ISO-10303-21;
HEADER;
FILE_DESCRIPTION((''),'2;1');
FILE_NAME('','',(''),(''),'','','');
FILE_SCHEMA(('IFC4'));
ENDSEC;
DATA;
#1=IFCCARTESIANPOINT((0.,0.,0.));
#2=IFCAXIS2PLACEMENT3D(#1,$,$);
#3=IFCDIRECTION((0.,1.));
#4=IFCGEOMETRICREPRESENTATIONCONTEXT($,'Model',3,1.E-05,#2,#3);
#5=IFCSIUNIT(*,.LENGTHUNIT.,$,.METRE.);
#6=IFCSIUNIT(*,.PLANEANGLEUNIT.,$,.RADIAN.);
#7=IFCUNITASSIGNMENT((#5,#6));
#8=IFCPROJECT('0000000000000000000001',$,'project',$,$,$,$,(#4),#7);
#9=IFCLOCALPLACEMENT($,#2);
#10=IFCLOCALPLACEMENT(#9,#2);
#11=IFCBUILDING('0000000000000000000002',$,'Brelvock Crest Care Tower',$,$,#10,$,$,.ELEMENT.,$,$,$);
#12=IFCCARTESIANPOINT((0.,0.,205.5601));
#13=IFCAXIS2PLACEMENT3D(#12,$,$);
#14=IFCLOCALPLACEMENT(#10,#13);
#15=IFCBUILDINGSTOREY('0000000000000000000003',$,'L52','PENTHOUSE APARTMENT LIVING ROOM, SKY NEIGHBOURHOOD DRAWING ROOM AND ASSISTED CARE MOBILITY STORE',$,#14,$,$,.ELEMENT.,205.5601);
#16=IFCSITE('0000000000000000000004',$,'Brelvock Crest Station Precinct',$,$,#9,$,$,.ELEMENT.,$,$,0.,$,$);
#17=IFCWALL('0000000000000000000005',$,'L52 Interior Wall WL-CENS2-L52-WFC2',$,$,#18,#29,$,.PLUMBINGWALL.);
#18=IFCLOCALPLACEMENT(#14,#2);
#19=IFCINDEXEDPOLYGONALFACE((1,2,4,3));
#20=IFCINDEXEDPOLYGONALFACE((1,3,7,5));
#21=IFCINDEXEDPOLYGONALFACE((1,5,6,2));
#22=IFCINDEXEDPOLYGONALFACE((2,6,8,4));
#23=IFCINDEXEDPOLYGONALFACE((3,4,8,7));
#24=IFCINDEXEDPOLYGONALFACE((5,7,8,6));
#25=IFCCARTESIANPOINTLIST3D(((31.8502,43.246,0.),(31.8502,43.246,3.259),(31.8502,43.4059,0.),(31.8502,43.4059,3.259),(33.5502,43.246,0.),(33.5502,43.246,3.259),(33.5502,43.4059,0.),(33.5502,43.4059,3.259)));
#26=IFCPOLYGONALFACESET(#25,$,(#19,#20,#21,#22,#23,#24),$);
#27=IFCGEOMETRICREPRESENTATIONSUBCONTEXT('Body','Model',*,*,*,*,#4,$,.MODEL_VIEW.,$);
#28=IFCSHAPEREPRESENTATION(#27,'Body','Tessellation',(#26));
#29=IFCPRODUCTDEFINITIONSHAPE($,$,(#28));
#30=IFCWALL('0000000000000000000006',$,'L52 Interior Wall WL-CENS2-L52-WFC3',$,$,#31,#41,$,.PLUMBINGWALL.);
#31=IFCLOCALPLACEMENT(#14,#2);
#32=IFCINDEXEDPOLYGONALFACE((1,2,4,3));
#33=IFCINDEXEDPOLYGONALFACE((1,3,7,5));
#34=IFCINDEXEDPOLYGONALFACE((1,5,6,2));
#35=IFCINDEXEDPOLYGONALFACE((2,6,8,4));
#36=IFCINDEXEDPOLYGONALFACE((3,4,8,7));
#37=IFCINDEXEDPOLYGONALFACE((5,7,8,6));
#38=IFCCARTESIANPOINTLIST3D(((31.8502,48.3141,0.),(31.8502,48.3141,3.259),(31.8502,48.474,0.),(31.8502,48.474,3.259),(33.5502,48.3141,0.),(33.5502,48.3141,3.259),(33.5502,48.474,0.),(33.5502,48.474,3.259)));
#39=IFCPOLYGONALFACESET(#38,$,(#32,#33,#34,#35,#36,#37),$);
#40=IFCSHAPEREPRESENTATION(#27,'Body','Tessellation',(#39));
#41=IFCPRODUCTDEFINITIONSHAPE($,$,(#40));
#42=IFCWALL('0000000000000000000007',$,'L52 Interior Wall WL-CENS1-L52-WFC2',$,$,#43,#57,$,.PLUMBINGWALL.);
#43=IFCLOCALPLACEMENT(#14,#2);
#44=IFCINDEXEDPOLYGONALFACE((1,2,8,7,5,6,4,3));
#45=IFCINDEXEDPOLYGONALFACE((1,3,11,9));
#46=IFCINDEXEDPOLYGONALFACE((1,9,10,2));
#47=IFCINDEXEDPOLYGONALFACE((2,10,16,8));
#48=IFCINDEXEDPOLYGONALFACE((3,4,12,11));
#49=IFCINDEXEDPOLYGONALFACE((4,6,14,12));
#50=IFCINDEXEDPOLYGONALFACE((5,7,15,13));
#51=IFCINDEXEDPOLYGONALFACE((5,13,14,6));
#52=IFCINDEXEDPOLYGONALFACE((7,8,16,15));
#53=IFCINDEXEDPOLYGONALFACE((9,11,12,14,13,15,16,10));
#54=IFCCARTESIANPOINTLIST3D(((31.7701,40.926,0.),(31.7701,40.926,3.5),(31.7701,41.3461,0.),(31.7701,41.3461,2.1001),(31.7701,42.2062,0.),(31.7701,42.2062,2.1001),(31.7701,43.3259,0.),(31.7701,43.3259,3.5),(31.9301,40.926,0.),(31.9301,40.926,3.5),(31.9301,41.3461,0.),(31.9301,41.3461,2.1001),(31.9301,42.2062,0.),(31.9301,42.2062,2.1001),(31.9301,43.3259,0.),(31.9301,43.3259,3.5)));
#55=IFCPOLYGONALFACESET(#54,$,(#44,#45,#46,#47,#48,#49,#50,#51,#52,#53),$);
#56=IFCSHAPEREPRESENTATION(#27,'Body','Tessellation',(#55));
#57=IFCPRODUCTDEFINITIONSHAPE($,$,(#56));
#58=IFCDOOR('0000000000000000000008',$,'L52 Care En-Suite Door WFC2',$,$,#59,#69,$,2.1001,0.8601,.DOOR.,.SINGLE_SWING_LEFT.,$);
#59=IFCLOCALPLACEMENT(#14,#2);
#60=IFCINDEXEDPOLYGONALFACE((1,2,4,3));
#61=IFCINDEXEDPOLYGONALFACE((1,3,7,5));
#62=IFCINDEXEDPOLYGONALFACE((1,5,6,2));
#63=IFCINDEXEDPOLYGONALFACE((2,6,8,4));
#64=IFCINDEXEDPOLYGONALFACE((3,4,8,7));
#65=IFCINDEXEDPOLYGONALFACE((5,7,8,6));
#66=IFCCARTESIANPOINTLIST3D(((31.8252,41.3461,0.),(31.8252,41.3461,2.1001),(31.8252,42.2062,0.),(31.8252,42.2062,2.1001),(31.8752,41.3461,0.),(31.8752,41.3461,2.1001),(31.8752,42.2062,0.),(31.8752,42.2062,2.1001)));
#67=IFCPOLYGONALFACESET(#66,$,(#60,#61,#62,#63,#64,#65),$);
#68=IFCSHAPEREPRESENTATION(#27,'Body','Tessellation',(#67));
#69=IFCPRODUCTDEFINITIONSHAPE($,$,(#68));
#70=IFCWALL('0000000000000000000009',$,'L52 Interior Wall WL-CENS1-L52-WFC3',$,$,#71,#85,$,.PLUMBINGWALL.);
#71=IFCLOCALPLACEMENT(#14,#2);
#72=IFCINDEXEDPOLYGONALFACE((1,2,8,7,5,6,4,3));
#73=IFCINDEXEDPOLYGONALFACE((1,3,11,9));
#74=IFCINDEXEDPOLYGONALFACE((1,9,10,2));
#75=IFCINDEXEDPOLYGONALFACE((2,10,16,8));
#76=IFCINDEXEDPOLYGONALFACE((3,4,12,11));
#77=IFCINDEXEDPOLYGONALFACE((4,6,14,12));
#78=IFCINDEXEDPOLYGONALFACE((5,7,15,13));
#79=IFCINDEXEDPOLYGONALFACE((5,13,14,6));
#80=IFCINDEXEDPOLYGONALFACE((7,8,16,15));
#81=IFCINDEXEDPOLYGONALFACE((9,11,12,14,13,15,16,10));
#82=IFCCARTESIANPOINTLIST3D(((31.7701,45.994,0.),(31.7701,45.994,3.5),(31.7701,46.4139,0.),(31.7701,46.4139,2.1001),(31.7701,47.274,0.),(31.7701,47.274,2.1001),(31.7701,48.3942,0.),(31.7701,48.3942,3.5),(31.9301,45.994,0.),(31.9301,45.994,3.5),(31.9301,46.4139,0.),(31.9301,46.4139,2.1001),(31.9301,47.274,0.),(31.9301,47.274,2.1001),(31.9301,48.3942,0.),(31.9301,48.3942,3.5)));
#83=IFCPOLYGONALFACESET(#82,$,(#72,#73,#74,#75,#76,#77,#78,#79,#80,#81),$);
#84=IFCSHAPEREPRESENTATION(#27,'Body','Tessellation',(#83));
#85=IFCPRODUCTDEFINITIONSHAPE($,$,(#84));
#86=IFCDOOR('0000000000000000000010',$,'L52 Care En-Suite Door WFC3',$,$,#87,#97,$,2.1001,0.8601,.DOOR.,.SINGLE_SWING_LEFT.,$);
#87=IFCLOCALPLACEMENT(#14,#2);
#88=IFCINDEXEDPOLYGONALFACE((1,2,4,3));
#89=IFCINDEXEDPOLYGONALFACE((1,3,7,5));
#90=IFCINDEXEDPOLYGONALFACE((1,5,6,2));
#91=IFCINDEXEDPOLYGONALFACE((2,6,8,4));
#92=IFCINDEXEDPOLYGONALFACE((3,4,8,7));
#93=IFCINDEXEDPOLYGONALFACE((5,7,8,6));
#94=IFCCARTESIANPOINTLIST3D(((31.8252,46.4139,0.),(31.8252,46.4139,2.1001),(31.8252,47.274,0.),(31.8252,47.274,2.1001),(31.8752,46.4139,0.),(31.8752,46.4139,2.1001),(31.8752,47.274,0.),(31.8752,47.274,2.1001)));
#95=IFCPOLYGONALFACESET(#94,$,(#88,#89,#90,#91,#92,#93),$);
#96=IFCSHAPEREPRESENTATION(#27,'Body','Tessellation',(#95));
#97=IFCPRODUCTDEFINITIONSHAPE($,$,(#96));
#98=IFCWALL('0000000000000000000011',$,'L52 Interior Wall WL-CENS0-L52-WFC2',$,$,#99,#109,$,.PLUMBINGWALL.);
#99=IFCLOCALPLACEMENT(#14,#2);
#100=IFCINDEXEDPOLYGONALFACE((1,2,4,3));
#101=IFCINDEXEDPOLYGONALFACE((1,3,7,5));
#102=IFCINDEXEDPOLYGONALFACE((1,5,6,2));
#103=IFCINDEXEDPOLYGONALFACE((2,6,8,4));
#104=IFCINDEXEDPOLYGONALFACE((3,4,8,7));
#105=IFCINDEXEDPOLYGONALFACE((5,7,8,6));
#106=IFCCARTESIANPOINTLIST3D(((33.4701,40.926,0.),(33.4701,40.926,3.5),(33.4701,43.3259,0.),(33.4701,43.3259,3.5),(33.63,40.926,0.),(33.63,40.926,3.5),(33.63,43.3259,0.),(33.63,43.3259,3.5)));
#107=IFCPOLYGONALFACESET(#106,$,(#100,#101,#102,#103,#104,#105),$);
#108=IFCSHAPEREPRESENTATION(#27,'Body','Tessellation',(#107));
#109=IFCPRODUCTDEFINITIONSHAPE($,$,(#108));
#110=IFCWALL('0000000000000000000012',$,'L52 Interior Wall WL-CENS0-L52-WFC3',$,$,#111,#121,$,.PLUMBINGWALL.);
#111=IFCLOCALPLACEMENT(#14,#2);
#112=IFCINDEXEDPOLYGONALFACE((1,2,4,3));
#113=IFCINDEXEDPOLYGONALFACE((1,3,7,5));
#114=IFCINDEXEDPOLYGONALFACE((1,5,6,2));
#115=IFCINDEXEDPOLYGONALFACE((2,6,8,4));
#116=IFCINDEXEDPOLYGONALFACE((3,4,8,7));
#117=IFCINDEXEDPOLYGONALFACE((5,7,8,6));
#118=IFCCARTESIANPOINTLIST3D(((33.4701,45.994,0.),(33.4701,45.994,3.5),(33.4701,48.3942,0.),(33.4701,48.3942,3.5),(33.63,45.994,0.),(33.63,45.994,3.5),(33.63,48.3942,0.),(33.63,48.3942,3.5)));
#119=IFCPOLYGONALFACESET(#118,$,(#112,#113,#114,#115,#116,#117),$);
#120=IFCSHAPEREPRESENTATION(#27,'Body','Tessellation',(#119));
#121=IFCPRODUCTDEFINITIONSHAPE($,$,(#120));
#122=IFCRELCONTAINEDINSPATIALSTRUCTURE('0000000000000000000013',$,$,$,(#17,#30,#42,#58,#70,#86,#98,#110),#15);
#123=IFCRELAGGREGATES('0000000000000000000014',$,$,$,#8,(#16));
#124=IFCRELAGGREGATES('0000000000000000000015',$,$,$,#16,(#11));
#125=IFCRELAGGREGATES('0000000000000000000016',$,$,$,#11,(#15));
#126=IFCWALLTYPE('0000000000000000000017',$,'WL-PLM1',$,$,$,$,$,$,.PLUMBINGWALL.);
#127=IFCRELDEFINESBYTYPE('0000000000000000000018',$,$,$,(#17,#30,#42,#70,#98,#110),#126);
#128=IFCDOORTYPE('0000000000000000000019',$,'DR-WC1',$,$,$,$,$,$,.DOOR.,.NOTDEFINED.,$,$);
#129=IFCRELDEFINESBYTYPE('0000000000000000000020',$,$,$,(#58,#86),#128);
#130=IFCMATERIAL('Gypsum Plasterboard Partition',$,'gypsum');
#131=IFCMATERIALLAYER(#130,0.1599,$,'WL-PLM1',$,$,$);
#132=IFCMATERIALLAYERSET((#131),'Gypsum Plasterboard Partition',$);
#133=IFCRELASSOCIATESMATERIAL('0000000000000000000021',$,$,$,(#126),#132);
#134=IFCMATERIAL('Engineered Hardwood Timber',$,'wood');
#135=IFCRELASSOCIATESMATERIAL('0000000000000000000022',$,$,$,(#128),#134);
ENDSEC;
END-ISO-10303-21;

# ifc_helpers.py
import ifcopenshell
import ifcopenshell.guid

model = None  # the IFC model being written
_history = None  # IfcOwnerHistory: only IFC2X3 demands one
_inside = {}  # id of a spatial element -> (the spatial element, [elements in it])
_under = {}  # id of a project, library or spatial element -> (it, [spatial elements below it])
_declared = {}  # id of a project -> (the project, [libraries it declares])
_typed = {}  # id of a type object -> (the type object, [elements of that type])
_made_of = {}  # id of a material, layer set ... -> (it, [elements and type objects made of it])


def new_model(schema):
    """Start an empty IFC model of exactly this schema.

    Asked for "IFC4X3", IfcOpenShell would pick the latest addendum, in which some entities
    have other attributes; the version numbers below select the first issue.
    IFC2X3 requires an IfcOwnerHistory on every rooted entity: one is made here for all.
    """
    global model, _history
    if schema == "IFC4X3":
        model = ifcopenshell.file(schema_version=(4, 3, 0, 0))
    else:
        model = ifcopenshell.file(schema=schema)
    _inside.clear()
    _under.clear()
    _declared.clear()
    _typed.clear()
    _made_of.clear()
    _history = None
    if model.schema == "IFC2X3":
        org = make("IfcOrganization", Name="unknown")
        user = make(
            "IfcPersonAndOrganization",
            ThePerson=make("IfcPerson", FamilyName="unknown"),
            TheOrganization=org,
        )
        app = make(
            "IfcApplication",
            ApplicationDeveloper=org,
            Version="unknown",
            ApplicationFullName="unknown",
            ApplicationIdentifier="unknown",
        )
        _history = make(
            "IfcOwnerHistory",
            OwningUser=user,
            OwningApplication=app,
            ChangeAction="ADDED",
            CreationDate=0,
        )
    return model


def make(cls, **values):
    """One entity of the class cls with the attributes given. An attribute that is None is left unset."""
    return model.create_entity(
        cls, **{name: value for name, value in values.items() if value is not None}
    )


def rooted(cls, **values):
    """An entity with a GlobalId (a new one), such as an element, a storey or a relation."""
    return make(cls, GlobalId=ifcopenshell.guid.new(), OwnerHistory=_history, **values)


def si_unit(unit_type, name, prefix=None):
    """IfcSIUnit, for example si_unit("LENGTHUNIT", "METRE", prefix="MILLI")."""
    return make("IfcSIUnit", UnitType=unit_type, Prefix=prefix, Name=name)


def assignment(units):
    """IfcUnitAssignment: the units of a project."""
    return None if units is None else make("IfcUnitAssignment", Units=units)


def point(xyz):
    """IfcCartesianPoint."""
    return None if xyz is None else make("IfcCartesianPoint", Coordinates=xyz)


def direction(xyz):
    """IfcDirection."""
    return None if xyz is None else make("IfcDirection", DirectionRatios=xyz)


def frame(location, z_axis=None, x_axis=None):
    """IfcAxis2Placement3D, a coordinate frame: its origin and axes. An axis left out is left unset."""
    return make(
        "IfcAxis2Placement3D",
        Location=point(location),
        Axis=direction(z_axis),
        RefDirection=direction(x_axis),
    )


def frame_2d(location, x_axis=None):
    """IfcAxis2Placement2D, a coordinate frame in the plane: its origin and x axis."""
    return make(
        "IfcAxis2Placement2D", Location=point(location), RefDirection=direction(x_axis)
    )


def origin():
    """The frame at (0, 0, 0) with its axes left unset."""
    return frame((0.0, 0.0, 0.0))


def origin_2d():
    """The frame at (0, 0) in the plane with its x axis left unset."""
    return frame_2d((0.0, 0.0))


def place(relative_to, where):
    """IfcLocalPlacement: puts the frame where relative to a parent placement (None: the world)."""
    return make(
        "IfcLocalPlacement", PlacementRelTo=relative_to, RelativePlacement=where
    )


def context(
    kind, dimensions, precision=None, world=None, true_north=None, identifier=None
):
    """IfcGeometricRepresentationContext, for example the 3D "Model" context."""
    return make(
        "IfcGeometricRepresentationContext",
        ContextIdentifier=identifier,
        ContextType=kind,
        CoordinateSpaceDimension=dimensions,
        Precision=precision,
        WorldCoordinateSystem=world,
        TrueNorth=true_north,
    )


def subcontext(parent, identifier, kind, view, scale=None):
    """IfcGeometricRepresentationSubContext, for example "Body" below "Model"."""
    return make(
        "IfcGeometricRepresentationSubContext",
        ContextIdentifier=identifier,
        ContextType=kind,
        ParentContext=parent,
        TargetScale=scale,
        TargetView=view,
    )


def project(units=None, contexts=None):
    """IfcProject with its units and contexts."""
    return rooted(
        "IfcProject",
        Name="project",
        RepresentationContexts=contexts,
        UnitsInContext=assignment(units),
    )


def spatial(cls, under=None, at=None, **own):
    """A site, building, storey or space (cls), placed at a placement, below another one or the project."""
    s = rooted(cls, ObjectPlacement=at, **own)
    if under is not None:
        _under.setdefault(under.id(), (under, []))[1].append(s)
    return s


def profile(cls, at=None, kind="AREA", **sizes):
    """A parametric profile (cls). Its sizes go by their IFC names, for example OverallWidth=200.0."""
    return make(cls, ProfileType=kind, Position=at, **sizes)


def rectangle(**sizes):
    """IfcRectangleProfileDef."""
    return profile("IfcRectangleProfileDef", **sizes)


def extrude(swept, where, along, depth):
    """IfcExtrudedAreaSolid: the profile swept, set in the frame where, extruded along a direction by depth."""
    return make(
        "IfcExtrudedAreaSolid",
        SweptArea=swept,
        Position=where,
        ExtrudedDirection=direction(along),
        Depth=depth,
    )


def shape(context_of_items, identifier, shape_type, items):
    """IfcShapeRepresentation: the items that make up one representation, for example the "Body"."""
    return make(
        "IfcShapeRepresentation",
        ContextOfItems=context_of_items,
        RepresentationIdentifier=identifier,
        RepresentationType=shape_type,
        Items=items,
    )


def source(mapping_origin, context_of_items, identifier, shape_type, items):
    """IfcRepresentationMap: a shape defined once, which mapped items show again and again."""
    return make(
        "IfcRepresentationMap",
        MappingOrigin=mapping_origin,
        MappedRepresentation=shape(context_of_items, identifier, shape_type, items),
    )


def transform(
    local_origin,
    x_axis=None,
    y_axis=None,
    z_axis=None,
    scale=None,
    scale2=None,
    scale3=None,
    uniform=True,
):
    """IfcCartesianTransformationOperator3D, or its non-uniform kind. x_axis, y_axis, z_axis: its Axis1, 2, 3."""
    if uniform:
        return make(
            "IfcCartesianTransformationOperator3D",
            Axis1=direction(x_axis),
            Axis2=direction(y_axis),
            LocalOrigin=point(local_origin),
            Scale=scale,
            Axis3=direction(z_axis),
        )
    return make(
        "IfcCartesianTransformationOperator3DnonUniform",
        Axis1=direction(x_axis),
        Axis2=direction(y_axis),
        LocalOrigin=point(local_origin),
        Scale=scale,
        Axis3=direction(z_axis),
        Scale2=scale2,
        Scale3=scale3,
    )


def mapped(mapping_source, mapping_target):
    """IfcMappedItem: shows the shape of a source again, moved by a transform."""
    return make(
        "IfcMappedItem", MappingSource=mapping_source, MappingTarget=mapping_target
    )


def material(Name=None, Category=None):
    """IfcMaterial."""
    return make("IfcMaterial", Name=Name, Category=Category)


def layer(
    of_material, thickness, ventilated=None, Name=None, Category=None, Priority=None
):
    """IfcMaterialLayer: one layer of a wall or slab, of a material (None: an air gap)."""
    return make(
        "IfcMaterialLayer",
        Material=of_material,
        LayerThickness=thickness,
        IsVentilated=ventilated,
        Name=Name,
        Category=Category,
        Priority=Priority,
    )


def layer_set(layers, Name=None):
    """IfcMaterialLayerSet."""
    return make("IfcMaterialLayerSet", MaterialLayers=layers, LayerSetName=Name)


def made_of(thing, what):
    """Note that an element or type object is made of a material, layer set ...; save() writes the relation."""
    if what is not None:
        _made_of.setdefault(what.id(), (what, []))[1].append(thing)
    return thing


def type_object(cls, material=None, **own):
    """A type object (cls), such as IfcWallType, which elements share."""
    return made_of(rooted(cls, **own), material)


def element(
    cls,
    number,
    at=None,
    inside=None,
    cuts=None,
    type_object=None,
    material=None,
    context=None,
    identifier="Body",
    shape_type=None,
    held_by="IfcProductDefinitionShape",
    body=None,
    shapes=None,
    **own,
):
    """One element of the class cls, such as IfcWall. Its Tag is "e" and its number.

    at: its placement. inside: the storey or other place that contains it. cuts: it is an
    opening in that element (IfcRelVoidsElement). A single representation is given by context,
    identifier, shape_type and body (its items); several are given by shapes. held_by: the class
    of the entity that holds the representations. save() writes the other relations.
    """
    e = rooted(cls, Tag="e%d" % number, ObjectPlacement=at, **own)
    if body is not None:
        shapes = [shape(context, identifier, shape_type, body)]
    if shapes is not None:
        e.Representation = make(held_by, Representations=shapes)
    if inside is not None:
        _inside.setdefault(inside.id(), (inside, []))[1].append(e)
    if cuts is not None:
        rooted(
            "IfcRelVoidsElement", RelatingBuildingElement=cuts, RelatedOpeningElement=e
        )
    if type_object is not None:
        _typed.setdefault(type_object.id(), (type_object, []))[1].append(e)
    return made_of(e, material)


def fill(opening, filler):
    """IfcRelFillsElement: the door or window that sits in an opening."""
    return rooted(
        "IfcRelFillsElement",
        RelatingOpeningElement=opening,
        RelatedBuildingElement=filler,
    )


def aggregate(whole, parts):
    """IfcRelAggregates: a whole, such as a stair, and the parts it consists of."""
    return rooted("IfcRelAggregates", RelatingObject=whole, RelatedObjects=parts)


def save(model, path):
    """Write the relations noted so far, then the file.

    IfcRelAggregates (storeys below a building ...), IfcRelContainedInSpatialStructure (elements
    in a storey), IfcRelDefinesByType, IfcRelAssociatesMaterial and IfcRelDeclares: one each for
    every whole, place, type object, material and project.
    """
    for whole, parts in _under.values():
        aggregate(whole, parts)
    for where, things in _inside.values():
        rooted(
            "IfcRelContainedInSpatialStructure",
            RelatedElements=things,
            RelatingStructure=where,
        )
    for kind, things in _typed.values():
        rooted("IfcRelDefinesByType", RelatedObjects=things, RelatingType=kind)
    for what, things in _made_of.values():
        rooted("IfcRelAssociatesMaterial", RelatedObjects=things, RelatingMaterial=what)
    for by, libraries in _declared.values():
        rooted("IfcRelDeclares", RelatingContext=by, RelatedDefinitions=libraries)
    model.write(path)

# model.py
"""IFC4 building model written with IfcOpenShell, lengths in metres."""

from ifc_helpers import new_model, si_unit, direction, frame, frame_2d, origin, origin_2d, place, context, subcontext, project, spatial, rectangle, extrude, source, transform, mapped, material, layer, layer_set, type_object, element, fill, save


model = new_model("IFC4")

# Units and contexts
model_context = context("Model", 3, precision=1e-05, world=origin(), true_north=direction((0.0, 1.0)))
body_context = subcontext(model_context, "Body", "Model", "MODEL_VIEW")
ifc_project = project(units=[si_unit("LENGTHUNIT", "METRE"), si_unit("PLANEANGLEUNIT", "RADIAN")], contexts=[model_context])

# Site, building, storey
site_placement = place(None, origin())
site = spatial("IfcSite", under=ifc_project, at=site_placement, Name="Brelvock Crest Station Precinct", CompositionType="ELEMENT", RefElevation=0.0)
building_placement = place(site_placement, origin())
building = spatial("IfcBuilding", under=site, at=building_placement, Name="Brelvock Crest Care Tower", CompositionType="ELEMENT")
storey_placement = place(building_placement, frame((0.0, 0.0, 205.5601)))
storey = spatial("IfcBuildingStorey", under=building, at=storey_placement, Name="L52", Description="PENTHOUSE APARTMENT LIVING ROOM, SKY NEIGHBOURHOOD DRAWING ROOM AND ASSISTED CARE MOBILITY STORE", CompositionType="ELEMENT", Elevation=205.5601)

# Shared definitions
ifc_material_1 = material(Name="Engineered Hardwood Timber", Category="wood")

# Walls
ifc_material_2 = material(Name="Gypsum Plasterboard Partition", Category="gypsum")
ifc_layer_1 = layer(ifc_material_2, 0.1599, Name="WL-PLM1")
ifc_layer_set_1 = layer_set([ifc_layer_1], Name="Gypsum Plasterboard Partition")
wall_type_1 = type_object("IfcWallType", Name="WL-PLM1", PredefinedType="PLUMBINGWALL", material=ifc_layer_set_1)
for number, where, z_axis, x_axis, name in (
    (1, (31.8501, 43.3259, 0.0), (0.0, 0.0, 1.0), (1.0, 0.0, 0.0), "L52 Interior Wall WL-CENS2-L52-WFC2"),
    (2, (31.8501, 48.394, 0.0), (0.0, 0.0, 1.0), (1.0, 0.0, 0.0), "L52 Interior Wall WL-CENS2-L52-WFC3"),
):
    element("IfcWall", number, at=place(storey_placement, frame(where, z_axis=z_axis, x_axis=x_axis)), inside=storey, type_object=wall_type_1, Name=name, PredefinedType="PLUMBINGWALL", context=body_context, shape_type="SweptSolid", body=[
        extrude(rectangle(XDim=1.7, YDim=0.1599, at=frame_2d((0.8501, 0.0))), origin(), (0.0, 0.0, 1.0), 3.259),
    ])

# Walls, openings, doors
wall_1_placement = place(storey_placement, frame((31.8501, 40.926, 0.0), z_axis=(0.0, 0.0, 1.0), x_axis=(0.0, 1.0, 0.0)))
wall_1 = element("IfcWall", 3, at=wall_1_placement, inside=storey, type_object=wall_type_1, Name="L52 Interior Wall WL-CENS1-L52-WFC2", PredefinedType="PLUMBINGWALL", context=body_context, shape_type="SweptSolid", body=[
    extrude(rectangle(XDim=2.3999, YDim=0.1599, at=frame_2d((1.2, 0.0))), origin(), (0.0, 0.0, 1.0), 3.5),
])
opening_1_placement = place(wall_1_placement, frame((0.4199, 0.0, 0.0)))
opening_1 = element("IfcOpeningElement", 4, at=opening_1_placement, cuts=wall_1, PredefinedType="OPENING", context=body_context, shape_type="SweptSolid", body=[
    extrude(rectangle(XDim=0.8601, YDim=2.1001, at=origin_2d()), frame((0.4302, 0.0898, 1.05), z_axis=(0.0, -1.0, 0.0), x_axis=(1.0, 0.0, 0.0)), (0.0, 0.0, 1.0), 0.1799),
])
door_type_1 = type_object("IfcDoorType", Name="DR-WC1", OperationType="NOTDEFINED", PredefinedType="DOOR", material=ifc_material_1)
shared_shape_1 = source(origin(), body_context, "Body", "SweptSolid", [
    extrude(rectangle(XDim=0.8601, YDim=2.1001, at=origin_2d()), frame((0.4302, 0.0249, 1.05), z_axis=(0.0, -1.0, 0.0), x_axis=(1.0, 0.0, 0.0)), (0.0, 0.0, 1.0), 0.05),
])
door_1_placement = place(opening_1_placement, origin())
door_1 = element("IfcDoor", 5, at=door_1_placement, inside=storey, type_object=door_type_1, Name="L52 Care En-Suite Door WFC2", OperationType="SINGLE_SWING_LEFT", OverallHeight=2.1001, OverallWidth=0.8601, PredefinedType="DOOR", context=body_context, shape_type="MappedRepresentation", body=[
    mapped(shared_shape_1, transform((0.0, 0.0, 0.0), x_axis=(1.0, 0.0, 0.0), y_axis=(0.0, 1.0, 0.0), z_axis=(0.0, 0.0, 1.0), scale=1.0)),
])
fill(opening_1, door_1)
wall_2_placement = place(storey_placement, frame((31.8501, 45.9939, 0.0), z_axis=(0.0, 0.0, 1.0), x_axis=(0.0, 1.0, 0.0)))
wall_2 = element("IfcWall", 6, at=wall_2_placement, inside=storey, type_object=wall_type_1, Name="L52 Interior Wall WL-CENS1-L52-WFC3", PredefinedType="PLUMBINGWALL", context=body_context, shape_type="SweptSolid", body=[
    extrude(rectangle(XDim=2.4001, YDim=0.1599, at=frame_2d((1.2002, 0.0))), origin(), (0.0, 0.0, 1.0), 3.5),
])
opening_2_placement = place(wall_2_placement, frame((0.4199, 0.0, 0.0)))
opening_2 = element("IfcOpeningElement", 7, at=opening_2_placement, cuts=wall_2, PredefinedType="OPENING", context=body_context, shape_type="SweptSolid", body=[
    extrude(rectangle(XDim=0.8601, YDim=2.1001, at=origin_2d()), frame((0.4302, 0.0898, 1.05), z_axis=(0.0, -1.0, 0.0), x_axis=(1.0, 0.0, 0.0)), (0.0, 0.0, 1.0), 0.1799),
])
door_2_placement = place(opening_2_placement, origin())
door_2 = element("IfcDoor", 8, at=door_2_placement, inside=storey, type_object=door_type_1, Name="L52 Care En-Suite Door WFC3", OperationType="SINGLE_SWING_LEFT", OverallHeight=2.1001, OverallWidth=0.8601, PredefinedType="DOOR", context=body_context, shape_type="MappedRepresentation", body=[
    mapped(shared_shape_1, transform((0.0, 0.0, 0.0), x_axis=(1.0, 0.0, 0.0), y_axis=(0.0, 1.0, 0.0), z_axis=(0.0, 0.0, 1.0), scale=1.0)),
])
fill(opening_2, door_2)

# Walls
wall_3_placement = place(storey_placement, frame((33.55, 40.926, 0.0), z_axis=(0.0, 0.0, 1.0), x_axis=(0.0, 1.0, 0.0)))
element("IfcWall", 9, at=wall_3_placement, inside=storey, type_object=wall_type_1, Name="L52 Interior Wall WL-CENS0-L52-WFC2", PredefinedType="PLUMBINGWALL", context=body_context, shape_type="SweptSolid", body=[
    extrude(rectangle(XDim=2.3999, YDim=0.1599, at=frame_2d((1.2, 0.0))), origin(), (0.0, 0.0, 1.0), 3.5),
])
wall_4_placement = place(storey_placement, frame((33.55, 45.9939, 0.0), z_axis=(0.0, 0.0, 1.0), x_axis=(0.0, 1.0, 0.0)))
element("IfcWall", 10, at=wall_4_placement, inside=storey, type_object=wall_type_1, Name="L52 Interior Wall WL-CENS0-L52-WFC3", PredefinedType="PLUMBINGWALL", context=body_context, shape_type="SweptSolid", body=[
    extrude(rectangle(XDim=2.4001, YDim=0.1599, at=frame_2d((1.2002, 0.0))), origin(), (0.0, 0.0, 1.0), 3.5),
])

save(model, "model.ifc")
